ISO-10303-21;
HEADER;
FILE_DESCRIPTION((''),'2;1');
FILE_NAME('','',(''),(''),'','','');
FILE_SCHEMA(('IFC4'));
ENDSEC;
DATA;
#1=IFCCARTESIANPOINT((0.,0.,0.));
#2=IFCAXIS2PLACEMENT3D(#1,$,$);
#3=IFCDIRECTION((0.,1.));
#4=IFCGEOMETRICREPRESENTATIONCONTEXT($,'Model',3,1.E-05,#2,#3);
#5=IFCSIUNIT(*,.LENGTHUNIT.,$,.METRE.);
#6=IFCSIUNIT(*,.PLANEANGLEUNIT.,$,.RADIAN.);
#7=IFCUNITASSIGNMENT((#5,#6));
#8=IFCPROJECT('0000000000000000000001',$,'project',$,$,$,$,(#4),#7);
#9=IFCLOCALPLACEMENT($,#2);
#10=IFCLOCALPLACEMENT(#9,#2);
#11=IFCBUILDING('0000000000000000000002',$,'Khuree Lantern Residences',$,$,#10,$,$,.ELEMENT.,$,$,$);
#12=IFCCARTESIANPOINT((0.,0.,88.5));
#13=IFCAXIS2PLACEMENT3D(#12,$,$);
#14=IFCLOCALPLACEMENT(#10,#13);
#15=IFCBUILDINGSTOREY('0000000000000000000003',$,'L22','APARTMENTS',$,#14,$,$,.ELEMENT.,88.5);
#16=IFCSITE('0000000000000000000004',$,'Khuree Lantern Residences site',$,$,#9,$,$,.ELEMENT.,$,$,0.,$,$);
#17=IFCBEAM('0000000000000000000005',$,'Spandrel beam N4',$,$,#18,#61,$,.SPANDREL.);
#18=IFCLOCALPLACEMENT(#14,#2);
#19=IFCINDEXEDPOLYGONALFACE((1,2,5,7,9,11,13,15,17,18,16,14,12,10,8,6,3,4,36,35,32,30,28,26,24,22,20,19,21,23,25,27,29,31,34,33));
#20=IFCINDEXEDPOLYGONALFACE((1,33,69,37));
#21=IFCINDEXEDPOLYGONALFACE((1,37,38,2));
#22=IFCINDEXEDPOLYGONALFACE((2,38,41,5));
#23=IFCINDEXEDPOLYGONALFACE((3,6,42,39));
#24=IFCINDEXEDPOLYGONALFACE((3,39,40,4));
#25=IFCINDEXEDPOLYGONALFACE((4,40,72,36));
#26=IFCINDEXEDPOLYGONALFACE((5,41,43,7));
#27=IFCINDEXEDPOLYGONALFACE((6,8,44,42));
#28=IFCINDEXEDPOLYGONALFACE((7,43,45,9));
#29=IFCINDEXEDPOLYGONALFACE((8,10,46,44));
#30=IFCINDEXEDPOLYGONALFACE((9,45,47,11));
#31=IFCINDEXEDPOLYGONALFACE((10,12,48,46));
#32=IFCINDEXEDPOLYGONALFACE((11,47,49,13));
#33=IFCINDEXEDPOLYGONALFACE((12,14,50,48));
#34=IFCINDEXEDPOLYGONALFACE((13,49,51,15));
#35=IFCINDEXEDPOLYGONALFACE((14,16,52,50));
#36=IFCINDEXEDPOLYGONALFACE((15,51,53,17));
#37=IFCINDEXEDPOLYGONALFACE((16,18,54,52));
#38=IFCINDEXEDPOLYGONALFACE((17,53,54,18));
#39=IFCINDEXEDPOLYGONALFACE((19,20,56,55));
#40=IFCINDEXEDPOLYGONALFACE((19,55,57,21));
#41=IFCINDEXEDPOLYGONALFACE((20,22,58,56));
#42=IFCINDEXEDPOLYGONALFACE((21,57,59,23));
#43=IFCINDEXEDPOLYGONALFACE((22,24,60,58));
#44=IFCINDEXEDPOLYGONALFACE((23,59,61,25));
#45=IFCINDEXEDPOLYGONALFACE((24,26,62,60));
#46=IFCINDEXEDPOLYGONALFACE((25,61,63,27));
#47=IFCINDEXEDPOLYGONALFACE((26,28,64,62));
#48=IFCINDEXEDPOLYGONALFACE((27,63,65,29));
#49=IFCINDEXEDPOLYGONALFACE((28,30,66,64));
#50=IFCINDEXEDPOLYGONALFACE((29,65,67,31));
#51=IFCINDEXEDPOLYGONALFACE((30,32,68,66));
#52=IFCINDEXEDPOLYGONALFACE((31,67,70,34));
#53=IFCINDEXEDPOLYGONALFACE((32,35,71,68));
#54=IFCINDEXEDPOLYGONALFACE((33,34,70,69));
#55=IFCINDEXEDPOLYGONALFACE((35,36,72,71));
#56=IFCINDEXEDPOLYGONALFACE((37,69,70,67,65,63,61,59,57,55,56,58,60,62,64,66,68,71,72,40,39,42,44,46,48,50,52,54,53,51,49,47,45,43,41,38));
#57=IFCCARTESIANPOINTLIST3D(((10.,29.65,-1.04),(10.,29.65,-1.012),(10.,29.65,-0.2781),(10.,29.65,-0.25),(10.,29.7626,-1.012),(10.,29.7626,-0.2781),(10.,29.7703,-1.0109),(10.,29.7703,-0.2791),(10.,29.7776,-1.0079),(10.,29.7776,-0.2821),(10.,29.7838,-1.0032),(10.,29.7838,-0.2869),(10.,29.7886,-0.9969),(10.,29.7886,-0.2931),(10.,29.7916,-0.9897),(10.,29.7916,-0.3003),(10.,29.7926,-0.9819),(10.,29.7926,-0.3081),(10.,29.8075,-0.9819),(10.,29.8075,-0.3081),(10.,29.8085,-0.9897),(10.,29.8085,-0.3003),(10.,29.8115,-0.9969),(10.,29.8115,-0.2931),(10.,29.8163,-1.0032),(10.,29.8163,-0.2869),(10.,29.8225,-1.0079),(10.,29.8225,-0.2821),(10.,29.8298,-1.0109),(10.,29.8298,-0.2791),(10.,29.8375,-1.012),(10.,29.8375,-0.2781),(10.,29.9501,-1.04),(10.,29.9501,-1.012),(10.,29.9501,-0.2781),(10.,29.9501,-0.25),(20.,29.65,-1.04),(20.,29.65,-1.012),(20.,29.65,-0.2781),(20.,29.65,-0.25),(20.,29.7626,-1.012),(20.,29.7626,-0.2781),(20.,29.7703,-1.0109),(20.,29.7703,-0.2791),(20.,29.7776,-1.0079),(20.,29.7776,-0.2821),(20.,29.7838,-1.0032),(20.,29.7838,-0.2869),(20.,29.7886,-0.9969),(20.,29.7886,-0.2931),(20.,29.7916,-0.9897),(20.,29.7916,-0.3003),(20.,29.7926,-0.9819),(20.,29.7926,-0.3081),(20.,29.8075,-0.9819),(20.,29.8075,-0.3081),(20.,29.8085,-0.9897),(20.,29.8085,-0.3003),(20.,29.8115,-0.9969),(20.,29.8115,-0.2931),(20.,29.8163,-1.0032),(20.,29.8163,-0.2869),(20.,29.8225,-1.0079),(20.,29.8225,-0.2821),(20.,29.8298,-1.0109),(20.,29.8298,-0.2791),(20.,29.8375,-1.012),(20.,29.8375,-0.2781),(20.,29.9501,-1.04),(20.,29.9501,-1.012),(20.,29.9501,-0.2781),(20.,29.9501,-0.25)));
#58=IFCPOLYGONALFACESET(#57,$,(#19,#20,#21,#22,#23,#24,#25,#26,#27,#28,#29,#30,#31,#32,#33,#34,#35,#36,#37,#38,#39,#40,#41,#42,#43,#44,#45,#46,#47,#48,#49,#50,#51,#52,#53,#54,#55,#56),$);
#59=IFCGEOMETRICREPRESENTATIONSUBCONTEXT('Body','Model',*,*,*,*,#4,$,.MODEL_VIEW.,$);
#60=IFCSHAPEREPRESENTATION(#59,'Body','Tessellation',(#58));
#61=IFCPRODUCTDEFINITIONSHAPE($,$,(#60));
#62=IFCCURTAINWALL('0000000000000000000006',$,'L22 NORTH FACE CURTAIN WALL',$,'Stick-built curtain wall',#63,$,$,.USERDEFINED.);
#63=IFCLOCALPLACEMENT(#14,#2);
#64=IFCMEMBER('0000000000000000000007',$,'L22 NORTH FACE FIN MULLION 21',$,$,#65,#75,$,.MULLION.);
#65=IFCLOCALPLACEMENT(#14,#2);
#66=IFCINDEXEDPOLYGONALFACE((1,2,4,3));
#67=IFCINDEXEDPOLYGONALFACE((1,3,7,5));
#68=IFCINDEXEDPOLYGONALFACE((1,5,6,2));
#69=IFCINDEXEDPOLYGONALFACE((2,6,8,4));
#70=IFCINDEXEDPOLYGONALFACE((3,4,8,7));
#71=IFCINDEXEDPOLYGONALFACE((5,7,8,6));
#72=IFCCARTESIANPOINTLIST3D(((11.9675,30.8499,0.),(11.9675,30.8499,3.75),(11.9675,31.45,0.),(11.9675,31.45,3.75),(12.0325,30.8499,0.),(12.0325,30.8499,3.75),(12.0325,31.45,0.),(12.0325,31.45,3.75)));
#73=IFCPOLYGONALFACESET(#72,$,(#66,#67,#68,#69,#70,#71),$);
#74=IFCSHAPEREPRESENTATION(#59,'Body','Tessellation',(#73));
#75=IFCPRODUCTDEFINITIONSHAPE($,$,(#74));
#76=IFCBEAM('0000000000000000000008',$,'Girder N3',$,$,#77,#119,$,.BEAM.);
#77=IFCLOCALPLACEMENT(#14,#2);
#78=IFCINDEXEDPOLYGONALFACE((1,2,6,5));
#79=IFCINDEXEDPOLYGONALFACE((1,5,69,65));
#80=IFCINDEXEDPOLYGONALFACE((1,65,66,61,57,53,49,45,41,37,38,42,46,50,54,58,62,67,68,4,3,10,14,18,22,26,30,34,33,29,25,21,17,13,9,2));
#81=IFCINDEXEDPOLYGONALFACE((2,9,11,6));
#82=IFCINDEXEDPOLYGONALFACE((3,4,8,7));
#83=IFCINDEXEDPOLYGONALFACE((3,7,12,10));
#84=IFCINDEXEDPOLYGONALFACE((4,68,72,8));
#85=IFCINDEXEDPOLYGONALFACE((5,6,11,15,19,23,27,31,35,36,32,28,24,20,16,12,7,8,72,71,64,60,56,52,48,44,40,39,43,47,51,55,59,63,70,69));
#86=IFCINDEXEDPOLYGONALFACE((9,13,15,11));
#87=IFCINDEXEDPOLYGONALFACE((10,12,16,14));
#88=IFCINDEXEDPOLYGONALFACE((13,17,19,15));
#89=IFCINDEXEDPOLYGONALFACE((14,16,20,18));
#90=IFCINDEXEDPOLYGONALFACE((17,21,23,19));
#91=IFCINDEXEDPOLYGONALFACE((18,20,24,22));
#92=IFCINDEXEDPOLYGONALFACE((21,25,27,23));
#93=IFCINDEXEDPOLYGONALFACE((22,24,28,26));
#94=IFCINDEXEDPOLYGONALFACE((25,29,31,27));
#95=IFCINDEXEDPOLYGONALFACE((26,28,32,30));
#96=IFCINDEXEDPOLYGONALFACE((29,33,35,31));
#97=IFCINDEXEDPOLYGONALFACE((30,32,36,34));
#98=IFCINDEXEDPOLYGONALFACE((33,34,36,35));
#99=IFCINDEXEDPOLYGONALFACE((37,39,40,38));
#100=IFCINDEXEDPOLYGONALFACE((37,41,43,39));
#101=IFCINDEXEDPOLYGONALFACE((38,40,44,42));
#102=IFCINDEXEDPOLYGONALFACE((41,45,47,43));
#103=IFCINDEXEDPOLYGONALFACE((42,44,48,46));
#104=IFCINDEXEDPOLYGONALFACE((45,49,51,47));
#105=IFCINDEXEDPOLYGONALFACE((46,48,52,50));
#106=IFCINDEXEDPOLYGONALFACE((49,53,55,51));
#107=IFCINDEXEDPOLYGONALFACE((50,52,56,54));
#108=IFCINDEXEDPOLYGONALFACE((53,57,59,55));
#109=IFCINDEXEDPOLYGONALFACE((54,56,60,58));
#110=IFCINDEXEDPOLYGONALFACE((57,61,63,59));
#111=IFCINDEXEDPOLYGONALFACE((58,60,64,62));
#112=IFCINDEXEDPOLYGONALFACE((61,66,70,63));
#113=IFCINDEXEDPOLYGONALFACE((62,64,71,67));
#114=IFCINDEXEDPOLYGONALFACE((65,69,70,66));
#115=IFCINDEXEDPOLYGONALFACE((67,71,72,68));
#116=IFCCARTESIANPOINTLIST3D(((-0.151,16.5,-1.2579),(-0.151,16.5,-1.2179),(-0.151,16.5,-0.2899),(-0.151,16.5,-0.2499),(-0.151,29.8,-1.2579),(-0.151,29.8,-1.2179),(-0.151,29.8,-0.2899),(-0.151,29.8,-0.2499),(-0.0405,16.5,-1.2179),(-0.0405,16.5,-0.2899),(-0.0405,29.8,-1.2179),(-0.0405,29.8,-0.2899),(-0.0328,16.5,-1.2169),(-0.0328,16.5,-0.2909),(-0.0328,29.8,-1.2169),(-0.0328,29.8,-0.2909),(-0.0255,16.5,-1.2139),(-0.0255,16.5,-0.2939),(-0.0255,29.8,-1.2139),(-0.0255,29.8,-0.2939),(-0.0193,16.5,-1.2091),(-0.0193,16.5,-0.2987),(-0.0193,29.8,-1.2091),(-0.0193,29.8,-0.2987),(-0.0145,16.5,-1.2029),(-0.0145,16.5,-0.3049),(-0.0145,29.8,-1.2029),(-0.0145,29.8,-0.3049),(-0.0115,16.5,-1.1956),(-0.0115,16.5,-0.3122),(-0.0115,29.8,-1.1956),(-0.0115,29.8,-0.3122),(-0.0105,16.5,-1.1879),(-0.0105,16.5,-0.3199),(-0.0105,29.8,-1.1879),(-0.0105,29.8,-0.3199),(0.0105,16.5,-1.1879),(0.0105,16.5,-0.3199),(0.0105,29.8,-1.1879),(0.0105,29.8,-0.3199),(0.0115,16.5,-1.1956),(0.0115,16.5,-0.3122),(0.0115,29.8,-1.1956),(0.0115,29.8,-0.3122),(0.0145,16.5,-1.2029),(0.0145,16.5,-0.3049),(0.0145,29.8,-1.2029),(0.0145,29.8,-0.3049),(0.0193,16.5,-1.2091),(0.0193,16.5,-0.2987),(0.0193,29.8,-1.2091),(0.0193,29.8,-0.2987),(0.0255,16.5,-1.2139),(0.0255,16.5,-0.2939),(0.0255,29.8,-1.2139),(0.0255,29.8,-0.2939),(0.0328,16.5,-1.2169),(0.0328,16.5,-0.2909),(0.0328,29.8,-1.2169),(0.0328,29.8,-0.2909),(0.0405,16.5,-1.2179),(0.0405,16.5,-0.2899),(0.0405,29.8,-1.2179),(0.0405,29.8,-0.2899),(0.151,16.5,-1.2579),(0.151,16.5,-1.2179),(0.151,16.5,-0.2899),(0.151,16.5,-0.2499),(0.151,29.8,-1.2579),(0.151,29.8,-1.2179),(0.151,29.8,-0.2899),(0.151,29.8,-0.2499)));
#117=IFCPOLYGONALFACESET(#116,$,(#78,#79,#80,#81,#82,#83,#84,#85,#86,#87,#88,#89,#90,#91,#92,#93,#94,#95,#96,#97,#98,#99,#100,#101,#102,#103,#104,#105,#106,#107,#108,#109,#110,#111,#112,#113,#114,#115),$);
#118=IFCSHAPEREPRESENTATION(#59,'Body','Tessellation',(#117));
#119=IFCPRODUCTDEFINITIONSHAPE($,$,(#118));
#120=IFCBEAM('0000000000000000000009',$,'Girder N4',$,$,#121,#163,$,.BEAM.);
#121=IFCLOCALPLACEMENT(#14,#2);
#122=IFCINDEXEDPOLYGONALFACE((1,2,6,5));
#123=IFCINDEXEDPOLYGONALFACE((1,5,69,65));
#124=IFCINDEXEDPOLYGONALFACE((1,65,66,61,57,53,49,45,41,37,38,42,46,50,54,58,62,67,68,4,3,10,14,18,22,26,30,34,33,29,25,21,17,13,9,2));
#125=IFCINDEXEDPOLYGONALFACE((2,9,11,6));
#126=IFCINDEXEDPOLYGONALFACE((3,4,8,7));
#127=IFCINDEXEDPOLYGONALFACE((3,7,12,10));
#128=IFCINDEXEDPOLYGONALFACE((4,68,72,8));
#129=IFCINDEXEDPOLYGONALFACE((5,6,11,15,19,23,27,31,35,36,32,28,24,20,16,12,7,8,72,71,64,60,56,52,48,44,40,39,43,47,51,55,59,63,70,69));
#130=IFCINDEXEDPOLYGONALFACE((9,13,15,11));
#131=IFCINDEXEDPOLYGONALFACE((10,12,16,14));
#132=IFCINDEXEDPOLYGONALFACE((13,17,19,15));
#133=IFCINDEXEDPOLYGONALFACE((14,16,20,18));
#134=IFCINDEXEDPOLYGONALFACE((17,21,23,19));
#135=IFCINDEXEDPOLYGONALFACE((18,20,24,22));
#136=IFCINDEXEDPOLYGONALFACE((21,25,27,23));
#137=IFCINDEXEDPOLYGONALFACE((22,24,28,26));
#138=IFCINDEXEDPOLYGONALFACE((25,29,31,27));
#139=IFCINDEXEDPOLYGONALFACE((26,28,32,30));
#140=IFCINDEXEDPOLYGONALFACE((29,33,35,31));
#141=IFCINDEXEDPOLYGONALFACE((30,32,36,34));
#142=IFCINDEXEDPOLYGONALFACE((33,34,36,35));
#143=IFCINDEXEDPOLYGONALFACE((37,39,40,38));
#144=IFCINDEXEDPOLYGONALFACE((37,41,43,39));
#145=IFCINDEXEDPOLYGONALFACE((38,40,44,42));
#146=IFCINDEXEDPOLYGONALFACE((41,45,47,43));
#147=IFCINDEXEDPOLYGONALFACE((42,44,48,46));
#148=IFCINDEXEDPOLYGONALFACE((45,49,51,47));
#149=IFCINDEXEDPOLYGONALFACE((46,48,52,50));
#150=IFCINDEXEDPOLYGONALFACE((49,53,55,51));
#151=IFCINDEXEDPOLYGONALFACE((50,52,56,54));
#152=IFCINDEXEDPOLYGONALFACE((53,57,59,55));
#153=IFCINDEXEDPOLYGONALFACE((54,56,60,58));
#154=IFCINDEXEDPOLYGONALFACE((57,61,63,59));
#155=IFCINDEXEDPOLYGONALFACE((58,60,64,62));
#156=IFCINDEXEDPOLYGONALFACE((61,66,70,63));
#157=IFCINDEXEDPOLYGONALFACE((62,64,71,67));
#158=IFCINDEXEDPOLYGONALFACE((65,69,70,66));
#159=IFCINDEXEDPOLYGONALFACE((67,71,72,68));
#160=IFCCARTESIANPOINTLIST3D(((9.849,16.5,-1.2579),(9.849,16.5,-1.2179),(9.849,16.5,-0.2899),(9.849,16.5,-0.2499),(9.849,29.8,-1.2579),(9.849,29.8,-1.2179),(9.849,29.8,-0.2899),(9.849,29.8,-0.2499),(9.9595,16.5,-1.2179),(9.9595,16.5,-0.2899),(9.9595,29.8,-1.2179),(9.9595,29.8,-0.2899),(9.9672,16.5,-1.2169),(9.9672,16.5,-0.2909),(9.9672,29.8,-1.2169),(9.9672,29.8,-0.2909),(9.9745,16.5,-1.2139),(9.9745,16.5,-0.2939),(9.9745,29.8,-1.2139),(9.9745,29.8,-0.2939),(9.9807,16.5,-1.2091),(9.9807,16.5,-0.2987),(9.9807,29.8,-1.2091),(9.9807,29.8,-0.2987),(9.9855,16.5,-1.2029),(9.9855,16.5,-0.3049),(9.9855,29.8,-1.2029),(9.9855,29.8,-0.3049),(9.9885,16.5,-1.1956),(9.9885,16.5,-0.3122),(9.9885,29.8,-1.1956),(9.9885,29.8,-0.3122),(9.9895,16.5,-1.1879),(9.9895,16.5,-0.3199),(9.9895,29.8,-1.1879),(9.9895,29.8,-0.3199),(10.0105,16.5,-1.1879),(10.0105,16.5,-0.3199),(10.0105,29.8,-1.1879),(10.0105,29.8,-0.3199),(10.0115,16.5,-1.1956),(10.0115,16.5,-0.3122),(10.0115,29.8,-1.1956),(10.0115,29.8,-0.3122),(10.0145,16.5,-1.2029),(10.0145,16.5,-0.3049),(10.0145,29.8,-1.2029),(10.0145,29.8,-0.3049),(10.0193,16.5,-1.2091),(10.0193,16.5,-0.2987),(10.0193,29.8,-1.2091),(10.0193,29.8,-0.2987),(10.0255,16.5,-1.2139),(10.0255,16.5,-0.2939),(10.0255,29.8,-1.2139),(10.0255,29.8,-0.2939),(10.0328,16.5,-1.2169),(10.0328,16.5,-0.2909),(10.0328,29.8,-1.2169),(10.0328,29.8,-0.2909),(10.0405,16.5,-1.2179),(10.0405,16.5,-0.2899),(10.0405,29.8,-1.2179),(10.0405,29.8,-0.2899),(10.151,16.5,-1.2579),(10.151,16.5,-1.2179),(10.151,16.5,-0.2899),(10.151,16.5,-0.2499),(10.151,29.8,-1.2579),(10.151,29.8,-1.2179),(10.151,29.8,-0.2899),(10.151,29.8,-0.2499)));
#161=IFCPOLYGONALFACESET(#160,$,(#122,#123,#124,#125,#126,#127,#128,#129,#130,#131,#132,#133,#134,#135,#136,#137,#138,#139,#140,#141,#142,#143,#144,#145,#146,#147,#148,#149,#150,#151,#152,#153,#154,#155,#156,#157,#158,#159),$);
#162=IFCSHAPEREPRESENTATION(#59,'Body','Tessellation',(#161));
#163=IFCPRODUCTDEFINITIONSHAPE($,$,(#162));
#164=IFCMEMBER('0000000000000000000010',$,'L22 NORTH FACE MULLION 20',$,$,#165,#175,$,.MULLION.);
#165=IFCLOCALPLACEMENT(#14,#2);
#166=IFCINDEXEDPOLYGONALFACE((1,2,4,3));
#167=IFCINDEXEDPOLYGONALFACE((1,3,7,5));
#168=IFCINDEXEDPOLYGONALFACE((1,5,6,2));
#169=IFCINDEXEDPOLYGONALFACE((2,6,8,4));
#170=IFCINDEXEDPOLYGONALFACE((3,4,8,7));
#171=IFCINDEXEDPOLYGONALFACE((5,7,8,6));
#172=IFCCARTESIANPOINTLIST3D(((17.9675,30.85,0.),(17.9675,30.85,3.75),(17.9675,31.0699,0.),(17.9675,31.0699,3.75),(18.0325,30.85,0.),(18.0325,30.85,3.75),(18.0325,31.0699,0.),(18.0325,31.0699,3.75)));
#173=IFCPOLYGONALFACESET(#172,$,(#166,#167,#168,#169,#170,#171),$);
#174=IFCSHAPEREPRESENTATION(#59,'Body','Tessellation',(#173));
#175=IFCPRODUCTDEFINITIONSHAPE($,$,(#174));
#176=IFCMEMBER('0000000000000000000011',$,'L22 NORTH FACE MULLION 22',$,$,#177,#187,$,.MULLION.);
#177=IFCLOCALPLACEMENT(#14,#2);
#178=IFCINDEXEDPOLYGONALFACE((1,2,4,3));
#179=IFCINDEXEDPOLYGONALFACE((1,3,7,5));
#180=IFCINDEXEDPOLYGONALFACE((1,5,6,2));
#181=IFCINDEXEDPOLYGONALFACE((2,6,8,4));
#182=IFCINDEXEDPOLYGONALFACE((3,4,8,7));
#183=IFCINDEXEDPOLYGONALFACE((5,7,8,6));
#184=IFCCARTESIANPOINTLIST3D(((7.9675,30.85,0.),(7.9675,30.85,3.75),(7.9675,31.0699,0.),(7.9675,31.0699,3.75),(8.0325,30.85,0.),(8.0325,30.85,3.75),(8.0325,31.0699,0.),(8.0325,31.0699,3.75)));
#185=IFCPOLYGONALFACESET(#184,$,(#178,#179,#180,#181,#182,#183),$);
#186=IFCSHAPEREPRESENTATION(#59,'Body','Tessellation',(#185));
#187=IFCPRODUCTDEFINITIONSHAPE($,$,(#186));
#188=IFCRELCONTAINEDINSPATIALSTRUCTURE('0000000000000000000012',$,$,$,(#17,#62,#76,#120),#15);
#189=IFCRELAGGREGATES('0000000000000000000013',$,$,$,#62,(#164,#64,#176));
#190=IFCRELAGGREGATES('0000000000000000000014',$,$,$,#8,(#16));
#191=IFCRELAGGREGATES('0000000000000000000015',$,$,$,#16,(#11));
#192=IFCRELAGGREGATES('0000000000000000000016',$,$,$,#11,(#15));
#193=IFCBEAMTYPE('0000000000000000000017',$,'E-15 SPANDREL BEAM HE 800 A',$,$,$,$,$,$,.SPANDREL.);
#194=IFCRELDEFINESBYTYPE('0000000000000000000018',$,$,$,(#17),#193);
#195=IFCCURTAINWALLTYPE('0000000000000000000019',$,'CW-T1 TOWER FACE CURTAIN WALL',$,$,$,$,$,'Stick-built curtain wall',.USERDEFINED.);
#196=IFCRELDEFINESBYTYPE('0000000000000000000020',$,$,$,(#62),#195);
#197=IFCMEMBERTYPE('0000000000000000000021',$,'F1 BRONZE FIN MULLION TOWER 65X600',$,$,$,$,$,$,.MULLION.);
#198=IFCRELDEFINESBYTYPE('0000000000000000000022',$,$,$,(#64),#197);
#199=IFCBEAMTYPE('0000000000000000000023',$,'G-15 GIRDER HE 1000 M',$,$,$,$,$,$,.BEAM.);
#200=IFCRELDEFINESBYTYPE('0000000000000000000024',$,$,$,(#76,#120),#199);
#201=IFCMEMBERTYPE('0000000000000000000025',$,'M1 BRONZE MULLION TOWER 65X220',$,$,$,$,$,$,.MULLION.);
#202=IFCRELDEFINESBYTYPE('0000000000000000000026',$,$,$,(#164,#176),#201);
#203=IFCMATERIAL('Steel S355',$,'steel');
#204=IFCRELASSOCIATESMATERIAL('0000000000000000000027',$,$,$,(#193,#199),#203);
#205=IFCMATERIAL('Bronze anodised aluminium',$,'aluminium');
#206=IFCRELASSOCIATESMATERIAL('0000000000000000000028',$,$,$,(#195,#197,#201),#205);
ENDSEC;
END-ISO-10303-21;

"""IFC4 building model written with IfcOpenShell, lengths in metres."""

from ifc_helpers import new_model, si_unit, direction, frame, origin, origin_2d, place, context, subcontext, project, spatial, rectangle, i_section, extrude, material, material_profile, profile_set, type_object, element, aggregate, save


model = new_model("IFC4")

# Units and contexts
model_context = context("Model", 3, precision=1e-05, world=origin(), true_north=direction((0.0, 1.0)))
body_context = subcontext(model_context, "Body", "Model", "MODEL_VIEW")
ifc_project = project(units=[si_unit("LENGTHUNIT", "METRE"), si_unit("PLANEANGLEUNIT", "RADIAN")], contexts=[model_context])

# Site, building, storey
site_placement = place(None, origin())
site = spatial("IfcSite", under=ifc_project, at=site_placement, Name="Khuree Lantern Residences site", CompositionType="ELEMENT", RefElevation=0.0)
building_placement = place(site_placement, origin())
building = spatial("IfcBuilding", under=site, at=building_placement, Name="Khuree Lantern Residences", CompositionType="ELEMENT")
storey_placement = place(building_placement, frame((0.0, 0.0, 88.5)))
storey = spatial("IfcBuildingStorey", under=building, at=storey_placement, Name="L22", Description="APARTMENTS", CompositionType="ELEMENT", Elevation=88.5)

# Beam
ifc_material_1 = material(Name="Steel S355", Category="steel")
ifc_material_profile_1 = material_profile(ifc_material_1, i_section(OverallWidth=0.3, OverallDepth=0.79, WebThickness=0.0149, FlangeThickness=0.0281, FilletRadius=0.03, at=origin_2d()), Name="HE 800 A")
ifc_profile_set_1 = profile_set([ifc_material_profile_1], Name="Steel S355")
beam_type_1 = type_object("IfcBeamType", Name="E-15 SPANDREL BEAM HE 800 A", PredefinedType="SPANDREL", material=ifc_profile_set_1)
for number, where, z_axis, x_axis, name in (
    (1, (10.0, 29.8, -0.645), (1.0, 0.0, 0.0), (0.0, 1.0, 0.0), "Spandrel beam N4"),
):
    element("IfcBeam", number, at=place(storey_placement, frame(where, z_axis=z_axis, x_axis=x_axis)), inside=storey, type_object=beam_type_1, Name=name, PredefinedType="SPANDREL", context=body_context, shape_type="SweptSolid", body=[
        extrude(i_section(OverallWidth=0.3, OverallDepth=0.79, WebThickness=0.0149, FlangeThickness=0.0281, FilletRadius=0.03, at=origin_2d()), origin(), (0.0, 0.0, 1.0), 10.0),
    ])

# Curtain wall, member
ifc_material_2 = material(Name="Bronze anodised aluminium", Category="aluminium")
curtain_wall_type = type_object("IfcCurtainWallType", Name="CW-T1 TOWER FACE CURTAIN WALL", ElementType="Stick-built curtain wall", PredefinedType="USERDEFINED", material=ifc_material_2)
curtain_wall_placement = place(storey_placement, origin())
curtain_wall = element("IfcCurtainWall", 2, at=curtain_wall_placement, inside=storey, type_object=curtain_wall_type, Name="L22 NORTH FACE CURTAIN WALL", ObjectType="Stick-built curtain wall", PredefinedType="USERDEFINED")
ifc_material_profile_2 = material_profile(ifc_material_2, rectangle(XDim=0.0649, YDim=0.6001, at=origin_2d()), Name="F1 65X600")
ifc_profile_set_2 = profile_set([ifc_material_profile_2], Name="Bronze anodised aluminium")
member_type_1 = type_object("IfcMemberType", Name="F1 BRONZE FIN MULLION TOWER 65X600", PredefinedType="MULLION", material=ifc_profile_set_2)
member_1_placement = place(storey_placement, frame((12.0, 31.1499, 0.0), z_axis=(0.0, 0.0, 1.0), x_axis=(-1.0, 0.0, 0.0)))
member_1 = element("IfcMember", 3, at=member_1_placement, type_object=member_type_1, Name="L22 NORTH FACE FIN MULLION 21", PredefinedType="MULLION", context=body_context, shape_type="SweptSolid", body=[
    extrude(rectangle(XDim=0.0649, YDim=0.6001, at=origin_2d()), origin(), (0.0, 0.0, 1.0), 3.75),
])

# Beams
ifc_material_profile_3 = material_profile(ifc_material_1, i_section(OverallWidth=0.302, OverallDepth=1.0081, WebThickness=0.021, FlangeThickness=0.04, FilletRadius=0.03, at=origin_2d()), Name="HE 1000 M")
ifc_profile_set_3 = profile_set([ifc_material_profile_3], Name="Steel S355")
beam_type_2 = type_object("IfcBeamType", Name="G-15 GIRDER HE 1000 M", PredefinedType="BEAM", material=ifc_profile_set_3)
for number, where, z_axis, x_axis, name in (
    (4, (0.0, 29.8, -0.7539), (0.0, -1.0, 0.0), (1.0, 0.0, 0.0), "Girder N3"),
    (5, (10.0, 29.8, -0.7539), (0.0, -1.0, 0.0), (1.0, 0.0, 0.0), "Girder N4"),
):
    element("IfcBeam", number, at=place(storey_placement, frame(where, z_axis=z_axis, x_axis=x_axis)), inside=storey, type_object=beam_type_2, Name=name, PredefinedType="BEAM", context=body_context, shape_type="SweptSolid", body=[
        extrude(i_section(OverallWidth=0.302, OverallDepth=1.0081, WebThickness=0.021, FlangeThickness=0.04, FilletRadius=0.03, at=origin_2d()), origin(), (0.0, 0.0, 1.0), 13.3),
    ])

# Members
ifc_material_profile_4 = material_profile(ifc_material_2, rectangle(XDim=0.0649, YDim=0.22, at=origin_2d()), Name="M1 65X220")
ifc_profile_set_4 = profile_set([ifc_material_profile_4], Name="Bronze anodised aluminium")
member_type_2 = type_object("IfcMemberType", Name="M1 BRONZE MULLION TOWER 65X220", PredefinedType="MULLION", material=ifc_profile_set_4)
member_2_placement = place(storey_placement, frame((18.0, 30.96, 0.0), z_axis=(0.0, 0.0, 1.0), x_axis=(-1.0, 0.0, 0.0)))
member_2 = element("IfcMember", 6, at=member_2_placement, type_object=member_type_2, Name="L22 NORTH FACE MULLION 20", PredefinedType="MULLION", context=body_context, shape_type="SweptSolid", body=[
    extrude(rectangle(XDim=0.0649, YDim=0.22, at=origin_2d()), origin(), (0.0, 0.0, 1.0), 3.75),
])
member_3_placement = place(storey_placement, frame((8.0, 30.96, 0.0), z_axis=(0.0, 0.0, 1.0), x_axis=(-1.0, 0.0, 0.0)))
member_3 = element("IfcMember", 7, at=member_3_placement, type_object=member_type_2, Name="L22 NORTH FACE MULLION 22", PredefinedType="MULLION", context=body_context, shape_type="SweptSolid", body=[
    extrude(rectangle(XDim=0.0649, YDim=0.22, at=origin_2d()), origin(), (0.0, 0.0, 1.0), 3.75),
])

aggregate(curtain_wall, [member_2, member_1, member_3])

save(model, "model.ifc")
